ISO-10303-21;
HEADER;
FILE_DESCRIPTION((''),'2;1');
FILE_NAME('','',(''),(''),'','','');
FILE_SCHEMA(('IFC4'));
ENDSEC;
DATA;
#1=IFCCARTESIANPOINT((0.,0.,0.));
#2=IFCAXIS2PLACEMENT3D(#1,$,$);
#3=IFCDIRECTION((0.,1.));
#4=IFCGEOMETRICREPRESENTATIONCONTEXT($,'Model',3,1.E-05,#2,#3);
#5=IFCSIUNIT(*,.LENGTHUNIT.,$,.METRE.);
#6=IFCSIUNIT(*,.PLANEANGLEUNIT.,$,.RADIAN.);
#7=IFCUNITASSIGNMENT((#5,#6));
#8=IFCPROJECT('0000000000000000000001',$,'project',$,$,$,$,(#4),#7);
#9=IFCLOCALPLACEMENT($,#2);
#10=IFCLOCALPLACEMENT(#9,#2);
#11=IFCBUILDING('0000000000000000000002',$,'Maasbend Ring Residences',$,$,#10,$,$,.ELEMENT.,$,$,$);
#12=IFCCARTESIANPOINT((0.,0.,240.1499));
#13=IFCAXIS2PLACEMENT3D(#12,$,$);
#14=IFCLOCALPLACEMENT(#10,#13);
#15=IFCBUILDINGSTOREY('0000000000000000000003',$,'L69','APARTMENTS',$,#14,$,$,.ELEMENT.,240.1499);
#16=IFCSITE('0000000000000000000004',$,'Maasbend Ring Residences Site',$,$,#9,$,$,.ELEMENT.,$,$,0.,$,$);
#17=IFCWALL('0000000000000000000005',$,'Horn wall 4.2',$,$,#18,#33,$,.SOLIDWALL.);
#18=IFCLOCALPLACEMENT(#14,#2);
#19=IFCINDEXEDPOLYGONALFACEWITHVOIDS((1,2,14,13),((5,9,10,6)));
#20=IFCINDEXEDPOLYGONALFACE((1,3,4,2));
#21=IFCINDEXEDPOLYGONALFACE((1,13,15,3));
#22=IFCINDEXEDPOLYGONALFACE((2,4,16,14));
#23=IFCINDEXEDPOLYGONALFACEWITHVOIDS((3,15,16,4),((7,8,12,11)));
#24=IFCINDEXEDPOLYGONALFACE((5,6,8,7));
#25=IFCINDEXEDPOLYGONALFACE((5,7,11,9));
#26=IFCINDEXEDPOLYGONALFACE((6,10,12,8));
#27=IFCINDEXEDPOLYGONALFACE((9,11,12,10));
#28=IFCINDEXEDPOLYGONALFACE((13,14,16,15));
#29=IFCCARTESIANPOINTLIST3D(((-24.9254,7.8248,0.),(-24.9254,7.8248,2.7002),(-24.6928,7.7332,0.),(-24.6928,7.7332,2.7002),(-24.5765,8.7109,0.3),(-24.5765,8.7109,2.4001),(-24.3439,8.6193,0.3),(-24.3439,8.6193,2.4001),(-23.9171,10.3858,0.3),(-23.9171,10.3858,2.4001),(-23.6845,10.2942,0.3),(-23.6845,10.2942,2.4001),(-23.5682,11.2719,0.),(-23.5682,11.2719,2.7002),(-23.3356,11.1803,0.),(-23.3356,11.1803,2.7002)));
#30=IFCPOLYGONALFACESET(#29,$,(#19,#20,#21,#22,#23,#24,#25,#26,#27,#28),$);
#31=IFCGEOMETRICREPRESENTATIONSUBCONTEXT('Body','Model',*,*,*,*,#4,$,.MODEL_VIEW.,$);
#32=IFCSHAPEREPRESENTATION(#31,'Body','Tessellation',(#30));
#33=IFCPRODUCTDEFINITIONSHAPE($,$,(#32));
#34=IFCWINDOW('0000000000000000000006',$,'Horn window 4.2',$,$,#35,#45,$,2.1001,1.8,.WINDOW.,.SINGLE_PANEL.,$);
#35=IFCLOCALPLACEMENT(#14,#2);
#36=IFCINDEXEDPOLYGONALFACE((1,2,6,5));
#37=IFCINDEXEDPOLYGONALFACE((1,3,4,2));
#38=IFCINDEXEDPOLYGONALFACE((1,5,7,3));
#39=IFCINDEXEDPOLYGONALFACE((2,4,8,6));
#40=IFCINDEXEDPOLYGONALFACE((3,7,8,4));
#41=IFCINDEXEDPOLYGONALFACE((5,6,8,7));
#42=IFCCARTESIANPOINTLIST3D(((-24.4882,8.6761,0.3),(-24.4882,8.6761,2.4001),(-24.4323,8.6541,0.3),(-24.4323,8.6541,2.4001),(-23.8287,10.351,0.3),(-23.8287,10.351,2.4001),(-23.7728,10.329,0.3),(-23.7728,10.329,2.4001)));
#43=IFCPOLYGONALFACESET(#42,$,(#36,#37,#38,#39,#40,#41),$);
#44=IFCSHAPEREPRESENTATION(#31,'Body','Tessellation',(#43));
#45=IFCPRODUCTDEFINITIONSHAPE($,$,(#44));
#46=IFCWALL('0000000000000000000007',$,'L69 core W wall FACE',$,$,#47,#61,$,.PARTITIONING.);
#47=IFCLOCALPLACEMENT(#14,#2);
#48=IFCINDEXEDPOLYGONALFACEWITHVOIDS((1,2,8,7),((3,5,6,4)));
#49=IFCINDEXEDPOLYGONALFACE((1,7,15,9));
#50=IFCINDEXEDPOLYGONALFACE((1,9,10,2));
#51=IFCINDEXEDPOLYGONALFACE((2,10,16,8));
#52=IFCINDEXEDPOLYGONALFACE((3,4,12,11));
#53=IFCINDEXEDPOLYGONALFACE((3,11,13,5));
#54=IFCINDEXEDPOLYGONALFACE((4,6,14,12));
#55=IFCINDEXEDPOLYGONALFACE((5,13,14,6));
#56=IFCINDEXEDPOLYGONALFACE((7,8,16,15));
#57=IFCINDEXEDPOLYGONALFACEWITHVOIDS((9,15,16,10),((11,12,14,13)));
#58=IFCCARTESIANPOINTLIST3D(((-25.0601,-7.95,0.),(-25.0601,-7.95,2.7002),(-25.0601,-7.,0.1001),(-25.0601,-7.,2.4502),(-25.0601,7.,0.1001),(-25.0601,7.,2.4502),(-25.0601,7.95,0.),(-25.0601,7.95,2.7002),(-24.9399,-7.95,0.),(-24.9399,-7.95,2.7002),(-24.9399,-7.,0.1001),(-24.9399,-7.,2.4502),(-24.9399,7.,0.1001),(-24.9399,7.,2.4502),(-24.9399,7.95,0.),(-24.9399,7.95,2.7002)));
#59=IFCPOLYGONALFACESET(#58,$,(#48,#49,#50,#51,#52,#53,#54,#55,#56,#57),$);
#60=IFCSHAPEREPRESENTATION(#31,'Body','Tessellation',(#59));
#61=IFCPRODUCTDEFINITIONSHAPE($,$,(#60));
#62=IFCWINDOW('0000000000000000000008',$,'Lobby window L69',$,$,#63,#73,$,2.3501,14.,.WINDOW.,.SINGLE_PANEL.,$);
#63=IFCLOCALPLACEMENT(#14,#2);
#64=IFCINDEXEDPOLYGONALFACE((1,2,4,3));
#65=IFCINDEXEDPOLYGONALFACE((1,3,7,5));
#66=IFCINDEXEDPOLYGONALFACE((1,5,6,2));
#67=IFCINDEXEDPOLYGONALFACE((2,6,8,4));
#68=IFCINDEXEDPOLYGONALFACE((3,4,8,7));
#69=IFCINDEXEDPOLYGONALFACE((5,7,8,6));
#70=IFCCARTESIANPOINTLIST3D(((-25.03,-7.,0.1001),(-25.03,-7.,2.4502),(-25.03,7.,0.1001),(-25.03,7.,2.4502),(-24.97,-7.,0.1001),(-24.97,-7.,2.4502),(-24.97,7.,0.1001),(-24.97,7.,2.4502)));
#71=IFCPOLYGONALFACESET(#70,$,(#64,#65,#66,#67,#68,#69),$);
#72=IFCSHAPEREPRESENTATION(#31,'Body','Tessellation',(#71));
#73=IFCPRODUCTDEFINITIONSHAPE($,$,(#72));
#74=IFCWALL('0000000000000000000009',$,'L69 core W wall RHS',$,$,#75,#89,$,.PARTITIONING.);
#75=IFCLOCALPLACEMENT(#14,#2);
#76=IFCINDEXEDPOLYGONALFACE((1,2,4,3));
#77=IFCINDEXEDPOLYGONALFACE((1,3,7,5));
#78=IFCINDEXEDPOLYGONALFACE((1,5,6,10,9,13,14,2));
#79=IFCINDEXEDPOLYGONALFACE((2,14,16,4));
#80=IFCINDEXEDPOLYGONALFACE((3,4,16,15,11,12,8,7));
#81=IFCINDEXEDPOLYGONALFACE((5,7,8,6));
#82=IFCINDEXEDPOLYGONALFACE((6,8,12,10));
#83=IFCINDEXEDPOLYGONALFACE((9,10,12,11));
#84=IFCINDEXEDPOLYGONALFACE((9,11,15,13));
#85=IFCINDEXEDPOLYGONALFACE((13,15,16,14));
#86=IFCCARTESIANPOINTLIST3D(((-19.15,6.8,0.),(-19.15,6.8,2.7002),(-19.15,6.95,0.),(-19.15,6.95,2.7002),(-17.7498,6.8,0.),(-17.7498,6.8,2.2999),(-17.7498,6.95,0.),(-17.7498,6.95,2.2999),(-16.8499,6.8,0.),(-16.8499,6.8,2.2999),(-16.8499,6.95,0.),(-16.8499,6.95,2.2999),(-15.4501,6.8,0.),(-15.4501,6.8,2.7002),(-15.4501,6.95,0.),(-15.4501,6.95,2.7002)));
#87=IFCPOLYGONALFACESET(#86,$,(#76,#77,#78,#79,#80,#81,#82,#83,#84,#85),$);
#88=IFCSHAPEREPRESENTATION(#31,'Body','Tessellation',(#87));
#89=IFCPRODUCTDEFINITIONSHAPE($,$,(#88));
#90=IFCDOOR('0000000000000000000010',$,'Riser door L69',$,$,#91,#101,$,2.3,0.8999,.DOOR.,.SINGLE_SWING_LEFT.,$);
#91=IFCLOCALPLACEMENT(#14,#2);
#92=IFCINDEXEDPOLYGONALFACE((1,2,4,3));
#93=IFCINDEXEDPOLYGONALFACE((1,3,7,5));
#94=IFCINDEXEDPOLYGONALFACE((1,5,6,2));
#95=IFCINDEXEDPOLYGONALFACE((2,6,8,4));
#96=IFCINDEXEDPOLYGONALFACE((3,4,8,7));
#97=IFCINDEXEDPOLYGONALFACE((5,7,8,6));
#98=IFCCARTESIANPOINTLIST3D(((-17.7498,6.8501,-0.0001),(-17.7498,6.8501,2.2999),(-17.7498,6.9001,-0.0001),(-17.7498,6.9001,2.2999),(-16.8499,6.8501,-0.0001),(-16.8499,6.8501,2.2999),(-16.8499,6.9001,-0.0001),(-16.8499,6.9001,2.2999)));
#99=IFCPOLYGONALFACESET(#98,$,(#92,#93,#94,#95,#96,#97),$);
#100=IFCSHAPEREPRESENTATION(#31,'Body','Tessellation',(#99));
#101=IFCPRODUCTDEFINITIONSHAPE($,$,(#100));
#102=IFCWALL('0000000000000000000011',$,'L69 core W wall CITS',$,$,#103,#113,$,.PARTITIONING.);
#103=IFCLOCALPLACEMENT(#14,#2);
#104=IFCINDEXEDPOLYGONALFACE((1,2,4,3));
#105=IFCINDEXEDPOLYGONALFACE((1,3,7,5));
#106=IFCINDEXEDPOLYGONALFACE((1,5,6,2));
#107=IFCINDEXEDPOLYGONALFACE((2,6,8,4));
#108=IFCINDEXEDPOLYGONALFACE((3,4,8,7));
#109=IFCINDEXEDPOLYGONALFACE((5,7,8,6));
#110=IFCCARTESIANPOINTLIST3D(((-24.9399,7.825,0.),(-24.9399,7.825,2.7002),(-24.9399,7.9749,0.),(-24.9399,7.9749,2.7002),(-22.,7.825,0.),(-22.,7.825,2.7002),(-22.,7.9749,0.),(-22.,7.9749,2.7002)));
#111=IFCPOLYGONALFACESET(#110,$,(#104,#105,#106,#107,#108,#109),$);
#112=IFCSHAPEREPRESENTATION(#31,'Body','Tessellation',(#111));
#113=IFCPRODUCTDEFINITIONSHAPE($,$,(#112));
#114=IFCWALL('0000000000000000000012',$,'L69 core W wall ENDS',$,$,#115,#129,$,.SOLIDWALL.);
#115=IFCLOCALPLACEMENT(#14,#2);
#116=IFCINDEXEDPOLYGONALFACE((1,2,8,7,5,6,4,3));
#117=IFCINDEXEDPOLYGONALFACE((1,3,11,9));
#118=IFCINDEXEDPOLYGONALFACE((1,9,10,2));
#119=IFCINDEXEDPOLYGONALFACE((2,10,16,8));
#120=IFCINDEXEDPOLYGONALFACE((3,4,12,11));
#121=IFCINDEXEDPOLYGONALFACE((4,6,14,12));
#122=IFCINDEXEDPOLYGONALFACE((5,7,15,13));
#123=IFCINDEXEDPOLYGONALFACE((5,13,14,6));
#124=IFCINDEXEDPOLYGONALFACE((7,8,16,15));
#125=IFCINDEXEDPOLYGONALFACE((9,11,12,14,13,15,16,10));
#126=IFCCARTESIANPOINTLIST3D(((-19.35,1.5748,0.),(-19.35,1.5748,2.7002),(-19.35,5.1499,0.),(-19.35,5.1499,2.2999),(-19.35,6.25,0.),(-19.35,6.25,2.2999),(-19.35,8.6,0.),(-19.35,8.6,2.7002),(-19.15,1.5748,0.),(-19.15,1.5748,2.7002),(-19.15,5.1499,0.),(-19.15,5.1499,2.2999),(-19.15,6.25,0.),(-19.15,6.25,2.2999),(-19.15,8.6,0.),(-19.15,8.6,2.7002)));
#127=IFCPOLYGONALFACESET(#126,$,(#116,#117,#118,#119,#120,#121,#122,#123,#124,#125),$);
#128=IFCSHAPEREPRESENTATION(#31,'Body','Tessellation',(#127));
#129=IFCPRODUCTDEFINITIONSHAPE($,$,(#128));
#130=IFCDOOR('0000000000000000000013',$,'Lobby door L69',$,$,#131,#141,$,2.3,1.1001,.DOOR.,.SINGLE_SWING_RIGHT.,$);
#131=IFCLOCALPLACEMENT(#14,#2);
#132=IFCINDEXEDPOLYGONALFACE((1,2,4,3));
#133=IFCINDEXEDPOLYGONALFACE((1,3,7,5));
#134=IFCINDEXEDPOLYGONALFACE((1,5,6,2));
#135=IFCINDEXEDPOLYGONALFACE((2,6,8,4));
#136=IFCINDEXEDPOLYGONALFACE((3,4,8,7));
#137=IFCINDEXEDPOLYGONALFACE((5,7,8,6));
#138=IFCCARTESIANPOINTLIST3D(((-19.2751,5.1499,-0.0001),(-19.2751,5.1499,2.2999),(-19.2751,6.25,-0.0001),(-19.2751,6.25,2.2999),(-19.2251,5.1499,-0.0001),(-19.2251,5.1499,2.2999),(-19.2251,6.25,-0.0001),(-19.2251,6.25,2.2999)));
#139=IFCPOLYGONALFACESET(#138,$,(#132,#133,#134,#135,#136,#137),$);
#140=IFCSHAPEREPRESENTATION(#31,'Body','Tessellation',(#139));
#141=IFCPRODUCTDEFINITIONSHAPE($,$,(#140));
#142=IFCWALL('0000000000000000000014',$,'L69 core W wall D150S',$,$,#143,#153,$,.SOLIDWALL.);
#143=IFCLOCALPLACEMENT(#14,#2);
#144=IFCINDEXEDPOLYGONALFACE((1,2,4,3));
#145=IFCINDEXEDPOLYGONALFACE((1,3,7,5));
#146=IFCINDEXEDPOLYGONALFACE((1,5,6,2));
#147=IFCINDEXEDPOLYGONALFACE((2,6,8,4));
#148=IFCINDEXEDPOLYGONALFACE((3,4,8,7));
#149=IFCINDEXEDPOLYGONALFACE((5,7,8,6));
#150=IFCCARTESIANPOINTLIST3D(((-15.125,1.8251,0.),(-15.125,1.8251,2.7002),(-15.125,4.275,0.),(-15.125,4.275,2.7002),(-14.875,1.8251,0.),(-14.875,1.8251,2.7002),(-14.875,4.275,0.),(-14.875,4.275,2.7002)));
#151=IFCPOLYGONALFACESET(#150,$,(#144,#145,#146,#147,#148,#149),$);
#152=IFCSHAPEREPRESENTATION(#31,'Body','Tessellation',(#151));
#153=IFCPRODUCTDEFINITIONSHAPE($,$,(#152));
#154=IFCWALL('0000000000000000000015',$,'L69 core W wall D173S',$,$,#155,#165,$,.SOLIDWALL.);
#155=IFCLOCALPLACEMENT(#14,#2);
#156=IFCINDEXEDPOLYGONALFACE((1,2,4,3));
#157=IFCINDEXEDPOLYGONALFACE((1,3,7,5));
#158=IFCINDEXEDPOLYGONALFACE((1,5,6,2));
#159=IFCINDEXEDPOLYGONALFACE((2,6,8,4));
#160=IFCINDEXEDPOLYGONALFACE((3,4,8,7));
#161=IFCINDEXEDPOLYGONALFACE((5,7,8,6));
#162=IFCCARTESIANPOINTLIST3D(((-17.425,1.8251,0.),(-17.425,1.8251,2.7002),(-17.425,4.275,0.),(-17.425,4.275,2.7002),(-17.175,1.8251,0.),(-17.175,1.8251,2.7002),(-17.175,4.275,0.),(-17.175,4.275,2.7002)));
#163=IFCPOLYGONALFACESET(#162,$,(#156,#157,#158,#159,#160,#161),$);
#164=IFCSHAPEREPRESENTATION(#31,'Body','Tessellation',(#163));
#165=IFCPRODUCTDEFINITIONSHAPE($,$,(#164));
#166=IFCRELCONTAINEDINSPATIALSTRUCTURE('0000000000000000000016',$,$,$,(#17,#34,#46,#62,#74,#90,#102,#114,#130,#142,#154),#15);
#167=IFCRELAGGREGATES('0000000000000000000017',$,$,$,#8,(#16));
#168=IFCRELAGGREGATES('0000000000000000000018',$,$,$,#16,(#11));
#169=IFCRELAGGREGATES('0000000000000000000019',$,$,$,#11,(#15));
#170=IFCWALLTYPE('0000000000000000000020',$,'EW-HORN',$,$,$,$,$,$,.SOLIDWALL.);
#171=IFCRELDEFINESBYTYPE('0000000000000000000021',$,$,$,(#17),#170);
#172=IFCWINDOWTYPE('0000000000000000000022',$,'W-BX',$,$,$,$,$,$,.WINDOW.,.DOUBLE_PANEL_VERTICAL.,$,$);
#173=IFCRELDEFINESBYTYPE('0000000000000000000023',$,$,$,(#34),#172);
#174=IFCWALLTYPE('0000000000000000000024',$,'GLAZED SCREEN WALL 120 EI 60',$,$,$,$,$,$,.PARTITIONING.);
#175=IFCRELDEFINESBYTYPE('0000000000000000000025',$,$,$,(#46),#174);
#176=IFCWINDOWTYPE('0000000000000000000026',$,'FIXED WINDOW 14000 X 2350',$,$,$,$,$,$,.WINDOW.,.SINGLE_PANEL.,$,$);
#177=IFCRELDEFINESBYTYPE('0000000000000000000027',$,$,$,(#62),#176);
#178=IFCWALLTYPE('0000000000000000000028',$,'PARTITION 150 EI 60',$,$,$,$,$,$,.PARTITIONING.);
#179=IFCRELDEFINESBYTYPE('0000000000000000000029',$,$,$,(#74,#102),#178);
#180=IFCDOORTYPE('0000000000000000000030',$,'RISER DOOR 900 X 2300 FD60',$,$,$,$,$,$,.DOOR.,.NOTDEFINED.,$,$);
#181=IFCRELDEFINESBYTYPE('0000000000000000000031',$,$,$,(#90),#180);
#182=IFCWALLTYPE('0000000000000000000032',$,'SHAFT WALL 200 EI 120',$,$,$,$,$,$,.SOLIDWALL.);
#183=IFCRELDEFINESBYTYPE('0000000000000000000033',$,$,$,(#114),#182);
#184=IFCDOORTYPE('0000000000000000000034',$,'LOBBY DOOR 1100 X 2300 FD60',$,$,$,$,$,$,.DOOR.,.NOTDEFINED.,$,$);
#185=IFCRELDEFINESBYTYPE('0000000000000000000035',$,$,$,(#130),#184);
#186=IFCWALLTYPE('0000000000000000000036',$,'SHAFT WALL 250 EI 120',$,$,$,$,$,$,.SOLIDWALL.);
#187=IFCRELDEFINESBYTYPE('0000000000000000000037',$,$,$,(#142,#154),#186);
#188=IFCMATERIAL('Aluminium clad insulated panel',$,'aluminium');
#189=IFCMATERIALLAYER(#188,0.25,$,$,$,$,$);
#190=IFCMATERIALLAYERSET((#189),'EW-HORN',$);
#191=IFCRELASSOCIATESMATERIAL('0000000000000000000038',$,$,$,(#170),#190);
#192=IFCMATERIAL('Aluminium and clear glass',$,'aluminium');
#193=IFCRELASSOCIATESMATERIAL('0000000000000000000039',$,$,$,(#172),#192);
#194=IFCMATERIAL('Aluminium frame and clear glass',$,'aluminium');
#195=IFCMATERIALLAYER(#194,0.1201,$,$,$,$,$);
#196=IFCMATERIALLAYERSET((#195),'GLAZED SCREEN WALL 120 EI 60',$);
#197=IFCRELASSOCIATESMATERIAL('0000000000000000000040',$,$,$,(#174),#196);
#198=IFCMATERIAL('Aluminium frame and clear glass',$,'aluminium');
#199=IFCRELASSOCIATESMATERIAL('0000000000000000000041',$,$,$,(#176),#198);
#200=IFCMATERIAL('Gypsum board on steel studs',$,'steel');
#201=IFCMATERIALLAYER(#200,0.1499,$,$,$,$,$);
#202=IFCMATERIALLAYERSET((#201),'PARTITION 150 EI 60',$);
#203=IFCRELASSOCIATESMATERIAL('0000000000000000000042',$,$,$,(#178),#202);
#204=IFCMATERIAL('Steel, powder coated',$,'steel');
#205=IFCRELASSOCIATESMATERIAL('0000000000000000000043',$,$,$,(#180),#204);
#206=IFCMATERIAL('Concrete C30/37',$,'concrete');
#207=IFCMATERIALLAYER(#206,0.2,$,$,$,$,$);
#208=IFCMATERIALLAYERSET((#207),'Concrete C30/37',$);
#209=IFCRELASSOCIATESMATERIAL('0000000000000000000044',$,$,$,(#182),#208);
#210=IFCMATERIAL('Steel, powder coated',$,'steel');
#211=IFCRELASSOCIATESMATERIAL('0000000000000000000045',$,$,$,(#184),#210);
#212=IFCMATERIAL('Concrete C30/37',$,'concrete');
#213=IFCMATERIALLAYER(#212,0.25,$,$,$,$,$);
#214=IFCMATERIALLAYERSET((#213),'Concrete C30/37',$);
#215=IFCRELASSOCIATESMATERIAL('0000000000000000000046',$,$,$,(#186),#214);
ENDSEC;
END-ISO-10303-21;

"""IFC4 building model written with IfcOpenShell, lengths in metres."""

from ifc_helpers import new_model, si_unit, direction, frame, frame_2d, origin, place, context, subcontext, project, spatial, rectangle, extrude, material, layer, layer_set, type_object, element, fill, save


model = new_model("IFC4")

# Units and contexts
model_context = context("Model", 3, precision=1e-05, world=origin(), true_north=direction((0.0, 1.0)))
body_context = subcontext(model_context, "Body", "Model", "MODEL_VIEW")
ifc_project = project(units=[si_unit("LENGTHUNIT", "METRE"), si_unit("PLANEANGLEUNIT", "RADIAN")], contexts=[model_context])

# Site, building, storey
site_placement = place(None, origin())
site = spatial("IfcSite", under=ifc_project, at=site_placement, Name="Maasbend Ring Residences Site", CompositionType="ELEMENT", RefElevation=0.0)
building_placement = place(site_placement, origin())
building = spatial("IfcBuilding", under=site, at=building_placement, Name="Maasbend Ring Residences", CompositionType="ELEMENT")
storey_placement = place(building_placement, frame((0.0, 0.0, 240.1499)))
storey = spatial("IfcBuildingStorey", under=building, at=storey_placement, Name="L69", Description="APARTMENTS", CompositionType="ELEMENT", Elevation=240.1499)

# Walls, openings, windows
ifc_material_1 = material(Name="Aluminium clad insulated panel", Category="aluminium")
ifc_layer_1 = layer(ifc_material_1, 0.25)
ifc_layer_set_1 = layer_set([ifc_layer_1], Name="EW-HORN")
wall_type_1 = type_object("IfcWallType", Name="EW-HORN", PredefinedType="SOLIDWALL", material=ifc_layer_set_1)
wall_1_placement = place(storey_placement, frame((-23.4519, 11.2261, 0.0), z_axis=(0.0, 0.0, 1.0), x_axis=(-0.366352, -0.930476, 0.0)))
wall_1 = element("IfcWall", 1, at=wall_1_placement, inside=storey, type_object=wall_type_1, Name="Horn wall 4.2", PredefinedType="SOLIDWALL", context=body_context, shape_type="SweptSolid", body=[
    extrude(rectangle(XDim=3.7046, YDim=0.25, at=frame_2d((1.8523, 0.0))), origin(), (0.0, 0.0, 1.0), 2.7002),
])
opening_1_placement = place(wall_1_placement, frame((0.9524, 0.0, 0.3)))
opening_1 = element("IfcOpeningElement", 2, at=opening_1_placement, cuts=wall_1, PredefinedType="OPENING", context=body_context, shape_type="SweptSolid", body=[
    extrude(rectangle(XDim=1.8, YDim=2.1001, at=frame_2d((0.8999, 1.05))), frame((0.0, 0.135, 0.0), z_axis=(0.0, -1.0, 0.0), x_axis=(1.0, 0.0, 0.0)), (0.0, 0.0, 1.0), 0.27),
])
ifc_material_2 = material(Name="Aluminium and clear glass", Category="aluminium")
window_type_1 = type_object("IfcWindowType", Name="W-BX", PartitioningType="DOUBLE_PANEL_VERTICAL", PredefinedType="WINDOW", material=ifc_material_2)
window_1_placement = place(opening_1_placement, origin())
window_1 = element("IfcWindow", 3, at=window_1_placement, inside=storey, type_object=window_type_1, Name="Horn window 4.2", OverallHeight=2.1001, OverallWidth=1.8, PartitioningType="SINGLE_PANEL", PredefinedType="WINDOW", context=body_context, shape_type="SweptSolid", body=[
    extrude(rectangle(XDim=1.8, YDim=2.1001, at=frame_2d((0.8999, 1.05))), frame((0.0, 0.03, 0.0), z_axis=(0.0, -1.0, 0.0), x_axis=(1.0, 0.0, 0.0)), (0.0, 0.0, 1.0), 0.0601),
])
fill(opening_1, window_1)
ifc_material_3 = material(Name="Aluminium frame and clear glass", Category="aluminium")
ifc_layer_2 = layer(ifc_material_3, 0.1201)
ifc_layer_set_2 = layer_set([ifc_layer_2], Name="GLAZED SCREEN WALL 120 EI 60")
wall_type_2 = type_object("IfcWallType", Name="GLAZED SCREEN WALL 120 EI 60", PredefinedType="PARTITIONING", material=ifc_layer_set_2)
wall_2_placement = place(storey_placement, frame((-25.0, 7.95, 0.0), z_axis=(0.0, 0.0, 1.0), x_axis=(0.0, -1.0, 0.0)))
wall_2 = element("IfcWall", 4, at=wall_2_placement, inside=storey, type_object=wall_type_2, Name="L69 core W wall FACE", PredefinedType="PARTITIONING", context=body_context, shape_type="SweptSolid", body=[
    extrude(rectangle(XDim=15.8999, YDim=0.1201, at=frame_2d((7.95, 0.0))), origin(), (0.0, 0.0, 1.0), 2.7002),
])
opening_2_placement = place(wall_2_placement, frame((0.95, 0.0, 0.1001)))
opening_2 = element("IfcOpeningElement", 5, at=opening_2_placement, cuts=wall_2, PredefinedType="OPENING", context=body_context, shape_type="SweptSolid", body=[
    extrude(rectangle(XDim=14.0, YDim=2.3501, at=frame_2d((7.0, 1.175))), frame((0.0, 0.0701, 0.0), z_axis=(0.0, -1.0, 0.0), x_axis=(1.0, 0.0, 0.0)), (0.0, 0.0, 1.0), 0.1401),
])
ifc_material_4 = material(Name="Aluminium frame and clear glass", Category="aluminium")
window_type_2 = type_object("IfcWindowType", Name="FIXED WINDOW 14000 X 2350", PartitioningType="SINGLE_PANEL", PredefinedType="WINDOW", material=ifc_material_4)
window_2_placement = place(opening_2_placement, origin())
window_2 = element("IfcWindow", 6, at=window_2_placement, inside=storey, type_object=window_type_2, Name="Lobby window L69", OverallHeight=2.3501, OverallWidth=14.0, PartitioningType="SINGLE_PANEL", PredefinedType="WINDOW", context=body_context, shape_type="SweptSolid", body=[
    extrude(rectangle(XDim=14.0, YDim=2.3501, at=frame_2d((7.0, 1.175))), frame((0.0, 0.03, 0.0), z_axis=(0.0, -1.0, 0.0), x_axis=(1.0, 0.0, 0.0)), (0.0, 0.0, 1.0), 0.0601),
])
fill(opening_2, window_2)

# Wall, opening, door
ifc_material_5 = material(Name="Gypsum board on steel studs", Category="steel")
ifc_layer_3 = layer(ifc_material_5, 0.1499)
ifc_layer_set_3 = layer_set([ifc_layer_3], Name="PARTITION 150 EI 60")
wall_type_3 = type_object("IfcWallType", Name="PARTITION 150 EI 60", PredefinedType="PARTITIONING", material=ifc_layer_set_3)
wall_3_placement = place(storey_placement, frame((-15.45, 6.875, 0.0), z_axis=(0.0, 0.0, 1.0), x_axis=(-1.0, 0.0, 0.0)))
wall_3 = element("IfcWall", 7, at=wall_3_placement, inside=storey, type_object=wall_type_3, Name="L69 core W wall RHS", PredefinedType="PARTITIONING", context=body_context, shape_type="SweptSolid", body=[
    extrude(rectangle(XDim=3.7, YDim=0.1499, at=frame_2d((1.8501, 0.0))), origin(), (0.0, 0.0, 1.0), 2.7002),
])
opening_3_placement = place(wall_3_placement, frame((1.3999, 0.0, 0.0)))
opening_3 = element("IfcOpeningElement", 8, at=opening_3_placement, cuts=wall_3, PredefinedType="OPENING", context=body_context, shape_type="SweptSolid", body=[
    extrude(rectangle(XDim=0.8999, YDim=2.3, at=frame_2d((0.45, 1.1499))), frame((0.0, 0.085, 0.0), z_axis=(0.0, -1.0, 0.0), x_axis=(1.0, 0.0, 0.0)), (0.0, 0.0, 1.0), 0.1699),
])
ifc_material_6 = material(Name="Steel, powder coated", Category="steel")
door_type_1 = type_object("IfcDoorType", Name="RISER DOOR 900 X 2300 FD60", OperationType="NOTDEFINED", PredefinedType="DOOR", material=ifc_material_6)
door_1_placement = place(opening_3_placement, origin())
door_1 = element("IfcDoor", 9, at=door_1_placement, inside=storey, type_object=door_type_1, Name="Riser door L69", OperationType="SINGLE_SWING_LEFT", OverallHeight=2.3, OverallWidth=0.8999, PredefinedType="DOOR", context=body_context, shape_type="SweptSolid", body=[
    extrude(rectangle(XDim=0.8999, YDim=2.3, at=frame_2d((0.45, 1.1499))), frame((0.0, 0.0249, 0.0), z_axis=(0.0, -1.0, 0.0), x_axis=(1.0, 0.0, 0.0)), (0.0, 0.0, 1.0), 0.05),
])
fill(opening_3, door_1)

# Wall
wall_4_placement = place(storey_placement, frame((-22.0, 7.8999, 0.0), z_axis=(0.0, 0.0, 1.0), x_axis=(-1.0, 0.0, 0.0)))
element("IfcWall", 10, at=wall_4_placement, inside=storey, type_object=wall_type_3, Name="L69 core W wall CITS", PredefinedType="PARTITIONING", context=body_context, shape_type="SweptSolid", body=[
    extrude(rectangle(XDim=2.9399, YDim=0.1499, at=frame_2d((1.47, 0.0))), origin(), (0.0, 0.0, 1.0), 2.7002),
])

# Wall, opening, door
ifc_material_7 = material(Name="Concrete C30/37", Category="concrete")
ifc_layer_4 = layer(ifc_material_7, 0.2)
ifc_layer_set_4 = layer_set([ifc_layer_4], Name="Concrete C30/37")
wall_type_4 = type_object("IfcWallType", Name="SHAFT WALL 200 EI 120", PredefinedType="SOLIDWALL", material=ifc_layer_set_4)
wall_5_placement = place(storey_placement, frame((-19.25, 8.6001, 0.0), z_axis=(0.0, 0.0, 1.0), x_axis=(0.0, -1.0, 0.0)))
wall_5 = element("IfcWall", 11, at=wall_5_placement, inside=storey, type_object=wall_type_4, Name="L69 core W wall ENDS", PredefinedType="SOLIDWALL", context=body_context, shape_type="SweptSolid", body=[
    extrude(rectangle(XDim=7.0251, YDim=0.2, at=frame_2d((3.5127, 0.0))), origin(), (0.0, 0.0, 1.0), 2.7002),
])
opening_4_placement = place(wall_5_placement, frame((2.3501, 0.0, 0.0)))
opening_4 = element("IfcOpeningElement", 12, at=opening_4_placement, cuts=wall_5, PredefinedType="OPENING", context=body_context, shape_type="SweptSolid", body=[
    extrude(rectangle(XDim=1.1001, YDim=2.3, at=frame_2d((0.55, 1.1499))), frame((0.0, 0.1099, 0.0), z_axis=(0.0, -1.0, 0.0), x_axis=(1.0, 0.0, 0.0)), (0.0, 0.0, 1.0), 0.22),
])
ifc_material_8 = material(Name="Steel, powder coated", Category="steel")
door_type_2 = type_object("IfcDoorType", Name="LOBBY DOOR 1100 X 2300 FD60", OperationType="NOTDEFINED", PredefinedType="DOOR", material=ifc_material_8)
door_2_placement = place(opening_4_placement, origin())
door_2 = element("IfcDoor", 13, at=door_2_placement, inside=storey, type_object=door_type_2, Name="Lobby door L69", OperationType="SINGLE_SWING_RIGHT", OverallHeight=2.3, OverallWidth=1.1001, PredefinedType="DOOR", context=body_context, shape_type="SweptSolid", body=[
    extrude(rectangle(XDim=1.1001, YDim=2.3, at=frame_2d((0.55, 1.1499))), frame((0.0, 0.0249, 0.0), z_axis=(0.0, -1.0, 0.0), x_axis=(1.0, 0.0, 0.0)), (0.0, 0.0, 1.0), 0.05),
])
fill(opening_4, door_2)

# Walls
ifc_material_9 = material(Name="Concrete C30/37", Category="concrete")
ifc_layer_5 = layer(ifc_material_9, 0.25)
ifc_layer_set_5 = layer_set([ifc_layer_5], Name="Concrete C30/37")
wall_type_5 = type_object("IfcWallType", Name="SHAFT WALL 250 EI 120", PredefinedType="SOLIDWALL", material=ifc_layer_set_5)
for number, where, z_axis, x_axis, name in (
    (14, (-15.0, 1.825, 0.0), (0.0, 0.0, 1.0), (0.0, 1.0, 0.0), "L69 core W wall D150S"),
    (15, (-17.3, 1.825, 0.0), (0.0, 0.0, 1.0), (0.0, 1.0, 0.0), "L69 core W wall D173S"),
):
    element("IfcWall", number, at=place(storey_placement, frame(where, z_axis=z_axis, x_axis=x_axis)), inside=storey, type_object=wall_type_5, Name=name, PredefinedType="SOLIDWALL", context=body_context, shape_type="SweptSolid", body=[
        extrude(rectangle(XDim=2.45, YDim=0.25, at=frame_2d((1.2251, 0.0))), origin(), (0.0, 0.0, 1.0), 2.7002),
    ])

save(model, "model.ifc")
